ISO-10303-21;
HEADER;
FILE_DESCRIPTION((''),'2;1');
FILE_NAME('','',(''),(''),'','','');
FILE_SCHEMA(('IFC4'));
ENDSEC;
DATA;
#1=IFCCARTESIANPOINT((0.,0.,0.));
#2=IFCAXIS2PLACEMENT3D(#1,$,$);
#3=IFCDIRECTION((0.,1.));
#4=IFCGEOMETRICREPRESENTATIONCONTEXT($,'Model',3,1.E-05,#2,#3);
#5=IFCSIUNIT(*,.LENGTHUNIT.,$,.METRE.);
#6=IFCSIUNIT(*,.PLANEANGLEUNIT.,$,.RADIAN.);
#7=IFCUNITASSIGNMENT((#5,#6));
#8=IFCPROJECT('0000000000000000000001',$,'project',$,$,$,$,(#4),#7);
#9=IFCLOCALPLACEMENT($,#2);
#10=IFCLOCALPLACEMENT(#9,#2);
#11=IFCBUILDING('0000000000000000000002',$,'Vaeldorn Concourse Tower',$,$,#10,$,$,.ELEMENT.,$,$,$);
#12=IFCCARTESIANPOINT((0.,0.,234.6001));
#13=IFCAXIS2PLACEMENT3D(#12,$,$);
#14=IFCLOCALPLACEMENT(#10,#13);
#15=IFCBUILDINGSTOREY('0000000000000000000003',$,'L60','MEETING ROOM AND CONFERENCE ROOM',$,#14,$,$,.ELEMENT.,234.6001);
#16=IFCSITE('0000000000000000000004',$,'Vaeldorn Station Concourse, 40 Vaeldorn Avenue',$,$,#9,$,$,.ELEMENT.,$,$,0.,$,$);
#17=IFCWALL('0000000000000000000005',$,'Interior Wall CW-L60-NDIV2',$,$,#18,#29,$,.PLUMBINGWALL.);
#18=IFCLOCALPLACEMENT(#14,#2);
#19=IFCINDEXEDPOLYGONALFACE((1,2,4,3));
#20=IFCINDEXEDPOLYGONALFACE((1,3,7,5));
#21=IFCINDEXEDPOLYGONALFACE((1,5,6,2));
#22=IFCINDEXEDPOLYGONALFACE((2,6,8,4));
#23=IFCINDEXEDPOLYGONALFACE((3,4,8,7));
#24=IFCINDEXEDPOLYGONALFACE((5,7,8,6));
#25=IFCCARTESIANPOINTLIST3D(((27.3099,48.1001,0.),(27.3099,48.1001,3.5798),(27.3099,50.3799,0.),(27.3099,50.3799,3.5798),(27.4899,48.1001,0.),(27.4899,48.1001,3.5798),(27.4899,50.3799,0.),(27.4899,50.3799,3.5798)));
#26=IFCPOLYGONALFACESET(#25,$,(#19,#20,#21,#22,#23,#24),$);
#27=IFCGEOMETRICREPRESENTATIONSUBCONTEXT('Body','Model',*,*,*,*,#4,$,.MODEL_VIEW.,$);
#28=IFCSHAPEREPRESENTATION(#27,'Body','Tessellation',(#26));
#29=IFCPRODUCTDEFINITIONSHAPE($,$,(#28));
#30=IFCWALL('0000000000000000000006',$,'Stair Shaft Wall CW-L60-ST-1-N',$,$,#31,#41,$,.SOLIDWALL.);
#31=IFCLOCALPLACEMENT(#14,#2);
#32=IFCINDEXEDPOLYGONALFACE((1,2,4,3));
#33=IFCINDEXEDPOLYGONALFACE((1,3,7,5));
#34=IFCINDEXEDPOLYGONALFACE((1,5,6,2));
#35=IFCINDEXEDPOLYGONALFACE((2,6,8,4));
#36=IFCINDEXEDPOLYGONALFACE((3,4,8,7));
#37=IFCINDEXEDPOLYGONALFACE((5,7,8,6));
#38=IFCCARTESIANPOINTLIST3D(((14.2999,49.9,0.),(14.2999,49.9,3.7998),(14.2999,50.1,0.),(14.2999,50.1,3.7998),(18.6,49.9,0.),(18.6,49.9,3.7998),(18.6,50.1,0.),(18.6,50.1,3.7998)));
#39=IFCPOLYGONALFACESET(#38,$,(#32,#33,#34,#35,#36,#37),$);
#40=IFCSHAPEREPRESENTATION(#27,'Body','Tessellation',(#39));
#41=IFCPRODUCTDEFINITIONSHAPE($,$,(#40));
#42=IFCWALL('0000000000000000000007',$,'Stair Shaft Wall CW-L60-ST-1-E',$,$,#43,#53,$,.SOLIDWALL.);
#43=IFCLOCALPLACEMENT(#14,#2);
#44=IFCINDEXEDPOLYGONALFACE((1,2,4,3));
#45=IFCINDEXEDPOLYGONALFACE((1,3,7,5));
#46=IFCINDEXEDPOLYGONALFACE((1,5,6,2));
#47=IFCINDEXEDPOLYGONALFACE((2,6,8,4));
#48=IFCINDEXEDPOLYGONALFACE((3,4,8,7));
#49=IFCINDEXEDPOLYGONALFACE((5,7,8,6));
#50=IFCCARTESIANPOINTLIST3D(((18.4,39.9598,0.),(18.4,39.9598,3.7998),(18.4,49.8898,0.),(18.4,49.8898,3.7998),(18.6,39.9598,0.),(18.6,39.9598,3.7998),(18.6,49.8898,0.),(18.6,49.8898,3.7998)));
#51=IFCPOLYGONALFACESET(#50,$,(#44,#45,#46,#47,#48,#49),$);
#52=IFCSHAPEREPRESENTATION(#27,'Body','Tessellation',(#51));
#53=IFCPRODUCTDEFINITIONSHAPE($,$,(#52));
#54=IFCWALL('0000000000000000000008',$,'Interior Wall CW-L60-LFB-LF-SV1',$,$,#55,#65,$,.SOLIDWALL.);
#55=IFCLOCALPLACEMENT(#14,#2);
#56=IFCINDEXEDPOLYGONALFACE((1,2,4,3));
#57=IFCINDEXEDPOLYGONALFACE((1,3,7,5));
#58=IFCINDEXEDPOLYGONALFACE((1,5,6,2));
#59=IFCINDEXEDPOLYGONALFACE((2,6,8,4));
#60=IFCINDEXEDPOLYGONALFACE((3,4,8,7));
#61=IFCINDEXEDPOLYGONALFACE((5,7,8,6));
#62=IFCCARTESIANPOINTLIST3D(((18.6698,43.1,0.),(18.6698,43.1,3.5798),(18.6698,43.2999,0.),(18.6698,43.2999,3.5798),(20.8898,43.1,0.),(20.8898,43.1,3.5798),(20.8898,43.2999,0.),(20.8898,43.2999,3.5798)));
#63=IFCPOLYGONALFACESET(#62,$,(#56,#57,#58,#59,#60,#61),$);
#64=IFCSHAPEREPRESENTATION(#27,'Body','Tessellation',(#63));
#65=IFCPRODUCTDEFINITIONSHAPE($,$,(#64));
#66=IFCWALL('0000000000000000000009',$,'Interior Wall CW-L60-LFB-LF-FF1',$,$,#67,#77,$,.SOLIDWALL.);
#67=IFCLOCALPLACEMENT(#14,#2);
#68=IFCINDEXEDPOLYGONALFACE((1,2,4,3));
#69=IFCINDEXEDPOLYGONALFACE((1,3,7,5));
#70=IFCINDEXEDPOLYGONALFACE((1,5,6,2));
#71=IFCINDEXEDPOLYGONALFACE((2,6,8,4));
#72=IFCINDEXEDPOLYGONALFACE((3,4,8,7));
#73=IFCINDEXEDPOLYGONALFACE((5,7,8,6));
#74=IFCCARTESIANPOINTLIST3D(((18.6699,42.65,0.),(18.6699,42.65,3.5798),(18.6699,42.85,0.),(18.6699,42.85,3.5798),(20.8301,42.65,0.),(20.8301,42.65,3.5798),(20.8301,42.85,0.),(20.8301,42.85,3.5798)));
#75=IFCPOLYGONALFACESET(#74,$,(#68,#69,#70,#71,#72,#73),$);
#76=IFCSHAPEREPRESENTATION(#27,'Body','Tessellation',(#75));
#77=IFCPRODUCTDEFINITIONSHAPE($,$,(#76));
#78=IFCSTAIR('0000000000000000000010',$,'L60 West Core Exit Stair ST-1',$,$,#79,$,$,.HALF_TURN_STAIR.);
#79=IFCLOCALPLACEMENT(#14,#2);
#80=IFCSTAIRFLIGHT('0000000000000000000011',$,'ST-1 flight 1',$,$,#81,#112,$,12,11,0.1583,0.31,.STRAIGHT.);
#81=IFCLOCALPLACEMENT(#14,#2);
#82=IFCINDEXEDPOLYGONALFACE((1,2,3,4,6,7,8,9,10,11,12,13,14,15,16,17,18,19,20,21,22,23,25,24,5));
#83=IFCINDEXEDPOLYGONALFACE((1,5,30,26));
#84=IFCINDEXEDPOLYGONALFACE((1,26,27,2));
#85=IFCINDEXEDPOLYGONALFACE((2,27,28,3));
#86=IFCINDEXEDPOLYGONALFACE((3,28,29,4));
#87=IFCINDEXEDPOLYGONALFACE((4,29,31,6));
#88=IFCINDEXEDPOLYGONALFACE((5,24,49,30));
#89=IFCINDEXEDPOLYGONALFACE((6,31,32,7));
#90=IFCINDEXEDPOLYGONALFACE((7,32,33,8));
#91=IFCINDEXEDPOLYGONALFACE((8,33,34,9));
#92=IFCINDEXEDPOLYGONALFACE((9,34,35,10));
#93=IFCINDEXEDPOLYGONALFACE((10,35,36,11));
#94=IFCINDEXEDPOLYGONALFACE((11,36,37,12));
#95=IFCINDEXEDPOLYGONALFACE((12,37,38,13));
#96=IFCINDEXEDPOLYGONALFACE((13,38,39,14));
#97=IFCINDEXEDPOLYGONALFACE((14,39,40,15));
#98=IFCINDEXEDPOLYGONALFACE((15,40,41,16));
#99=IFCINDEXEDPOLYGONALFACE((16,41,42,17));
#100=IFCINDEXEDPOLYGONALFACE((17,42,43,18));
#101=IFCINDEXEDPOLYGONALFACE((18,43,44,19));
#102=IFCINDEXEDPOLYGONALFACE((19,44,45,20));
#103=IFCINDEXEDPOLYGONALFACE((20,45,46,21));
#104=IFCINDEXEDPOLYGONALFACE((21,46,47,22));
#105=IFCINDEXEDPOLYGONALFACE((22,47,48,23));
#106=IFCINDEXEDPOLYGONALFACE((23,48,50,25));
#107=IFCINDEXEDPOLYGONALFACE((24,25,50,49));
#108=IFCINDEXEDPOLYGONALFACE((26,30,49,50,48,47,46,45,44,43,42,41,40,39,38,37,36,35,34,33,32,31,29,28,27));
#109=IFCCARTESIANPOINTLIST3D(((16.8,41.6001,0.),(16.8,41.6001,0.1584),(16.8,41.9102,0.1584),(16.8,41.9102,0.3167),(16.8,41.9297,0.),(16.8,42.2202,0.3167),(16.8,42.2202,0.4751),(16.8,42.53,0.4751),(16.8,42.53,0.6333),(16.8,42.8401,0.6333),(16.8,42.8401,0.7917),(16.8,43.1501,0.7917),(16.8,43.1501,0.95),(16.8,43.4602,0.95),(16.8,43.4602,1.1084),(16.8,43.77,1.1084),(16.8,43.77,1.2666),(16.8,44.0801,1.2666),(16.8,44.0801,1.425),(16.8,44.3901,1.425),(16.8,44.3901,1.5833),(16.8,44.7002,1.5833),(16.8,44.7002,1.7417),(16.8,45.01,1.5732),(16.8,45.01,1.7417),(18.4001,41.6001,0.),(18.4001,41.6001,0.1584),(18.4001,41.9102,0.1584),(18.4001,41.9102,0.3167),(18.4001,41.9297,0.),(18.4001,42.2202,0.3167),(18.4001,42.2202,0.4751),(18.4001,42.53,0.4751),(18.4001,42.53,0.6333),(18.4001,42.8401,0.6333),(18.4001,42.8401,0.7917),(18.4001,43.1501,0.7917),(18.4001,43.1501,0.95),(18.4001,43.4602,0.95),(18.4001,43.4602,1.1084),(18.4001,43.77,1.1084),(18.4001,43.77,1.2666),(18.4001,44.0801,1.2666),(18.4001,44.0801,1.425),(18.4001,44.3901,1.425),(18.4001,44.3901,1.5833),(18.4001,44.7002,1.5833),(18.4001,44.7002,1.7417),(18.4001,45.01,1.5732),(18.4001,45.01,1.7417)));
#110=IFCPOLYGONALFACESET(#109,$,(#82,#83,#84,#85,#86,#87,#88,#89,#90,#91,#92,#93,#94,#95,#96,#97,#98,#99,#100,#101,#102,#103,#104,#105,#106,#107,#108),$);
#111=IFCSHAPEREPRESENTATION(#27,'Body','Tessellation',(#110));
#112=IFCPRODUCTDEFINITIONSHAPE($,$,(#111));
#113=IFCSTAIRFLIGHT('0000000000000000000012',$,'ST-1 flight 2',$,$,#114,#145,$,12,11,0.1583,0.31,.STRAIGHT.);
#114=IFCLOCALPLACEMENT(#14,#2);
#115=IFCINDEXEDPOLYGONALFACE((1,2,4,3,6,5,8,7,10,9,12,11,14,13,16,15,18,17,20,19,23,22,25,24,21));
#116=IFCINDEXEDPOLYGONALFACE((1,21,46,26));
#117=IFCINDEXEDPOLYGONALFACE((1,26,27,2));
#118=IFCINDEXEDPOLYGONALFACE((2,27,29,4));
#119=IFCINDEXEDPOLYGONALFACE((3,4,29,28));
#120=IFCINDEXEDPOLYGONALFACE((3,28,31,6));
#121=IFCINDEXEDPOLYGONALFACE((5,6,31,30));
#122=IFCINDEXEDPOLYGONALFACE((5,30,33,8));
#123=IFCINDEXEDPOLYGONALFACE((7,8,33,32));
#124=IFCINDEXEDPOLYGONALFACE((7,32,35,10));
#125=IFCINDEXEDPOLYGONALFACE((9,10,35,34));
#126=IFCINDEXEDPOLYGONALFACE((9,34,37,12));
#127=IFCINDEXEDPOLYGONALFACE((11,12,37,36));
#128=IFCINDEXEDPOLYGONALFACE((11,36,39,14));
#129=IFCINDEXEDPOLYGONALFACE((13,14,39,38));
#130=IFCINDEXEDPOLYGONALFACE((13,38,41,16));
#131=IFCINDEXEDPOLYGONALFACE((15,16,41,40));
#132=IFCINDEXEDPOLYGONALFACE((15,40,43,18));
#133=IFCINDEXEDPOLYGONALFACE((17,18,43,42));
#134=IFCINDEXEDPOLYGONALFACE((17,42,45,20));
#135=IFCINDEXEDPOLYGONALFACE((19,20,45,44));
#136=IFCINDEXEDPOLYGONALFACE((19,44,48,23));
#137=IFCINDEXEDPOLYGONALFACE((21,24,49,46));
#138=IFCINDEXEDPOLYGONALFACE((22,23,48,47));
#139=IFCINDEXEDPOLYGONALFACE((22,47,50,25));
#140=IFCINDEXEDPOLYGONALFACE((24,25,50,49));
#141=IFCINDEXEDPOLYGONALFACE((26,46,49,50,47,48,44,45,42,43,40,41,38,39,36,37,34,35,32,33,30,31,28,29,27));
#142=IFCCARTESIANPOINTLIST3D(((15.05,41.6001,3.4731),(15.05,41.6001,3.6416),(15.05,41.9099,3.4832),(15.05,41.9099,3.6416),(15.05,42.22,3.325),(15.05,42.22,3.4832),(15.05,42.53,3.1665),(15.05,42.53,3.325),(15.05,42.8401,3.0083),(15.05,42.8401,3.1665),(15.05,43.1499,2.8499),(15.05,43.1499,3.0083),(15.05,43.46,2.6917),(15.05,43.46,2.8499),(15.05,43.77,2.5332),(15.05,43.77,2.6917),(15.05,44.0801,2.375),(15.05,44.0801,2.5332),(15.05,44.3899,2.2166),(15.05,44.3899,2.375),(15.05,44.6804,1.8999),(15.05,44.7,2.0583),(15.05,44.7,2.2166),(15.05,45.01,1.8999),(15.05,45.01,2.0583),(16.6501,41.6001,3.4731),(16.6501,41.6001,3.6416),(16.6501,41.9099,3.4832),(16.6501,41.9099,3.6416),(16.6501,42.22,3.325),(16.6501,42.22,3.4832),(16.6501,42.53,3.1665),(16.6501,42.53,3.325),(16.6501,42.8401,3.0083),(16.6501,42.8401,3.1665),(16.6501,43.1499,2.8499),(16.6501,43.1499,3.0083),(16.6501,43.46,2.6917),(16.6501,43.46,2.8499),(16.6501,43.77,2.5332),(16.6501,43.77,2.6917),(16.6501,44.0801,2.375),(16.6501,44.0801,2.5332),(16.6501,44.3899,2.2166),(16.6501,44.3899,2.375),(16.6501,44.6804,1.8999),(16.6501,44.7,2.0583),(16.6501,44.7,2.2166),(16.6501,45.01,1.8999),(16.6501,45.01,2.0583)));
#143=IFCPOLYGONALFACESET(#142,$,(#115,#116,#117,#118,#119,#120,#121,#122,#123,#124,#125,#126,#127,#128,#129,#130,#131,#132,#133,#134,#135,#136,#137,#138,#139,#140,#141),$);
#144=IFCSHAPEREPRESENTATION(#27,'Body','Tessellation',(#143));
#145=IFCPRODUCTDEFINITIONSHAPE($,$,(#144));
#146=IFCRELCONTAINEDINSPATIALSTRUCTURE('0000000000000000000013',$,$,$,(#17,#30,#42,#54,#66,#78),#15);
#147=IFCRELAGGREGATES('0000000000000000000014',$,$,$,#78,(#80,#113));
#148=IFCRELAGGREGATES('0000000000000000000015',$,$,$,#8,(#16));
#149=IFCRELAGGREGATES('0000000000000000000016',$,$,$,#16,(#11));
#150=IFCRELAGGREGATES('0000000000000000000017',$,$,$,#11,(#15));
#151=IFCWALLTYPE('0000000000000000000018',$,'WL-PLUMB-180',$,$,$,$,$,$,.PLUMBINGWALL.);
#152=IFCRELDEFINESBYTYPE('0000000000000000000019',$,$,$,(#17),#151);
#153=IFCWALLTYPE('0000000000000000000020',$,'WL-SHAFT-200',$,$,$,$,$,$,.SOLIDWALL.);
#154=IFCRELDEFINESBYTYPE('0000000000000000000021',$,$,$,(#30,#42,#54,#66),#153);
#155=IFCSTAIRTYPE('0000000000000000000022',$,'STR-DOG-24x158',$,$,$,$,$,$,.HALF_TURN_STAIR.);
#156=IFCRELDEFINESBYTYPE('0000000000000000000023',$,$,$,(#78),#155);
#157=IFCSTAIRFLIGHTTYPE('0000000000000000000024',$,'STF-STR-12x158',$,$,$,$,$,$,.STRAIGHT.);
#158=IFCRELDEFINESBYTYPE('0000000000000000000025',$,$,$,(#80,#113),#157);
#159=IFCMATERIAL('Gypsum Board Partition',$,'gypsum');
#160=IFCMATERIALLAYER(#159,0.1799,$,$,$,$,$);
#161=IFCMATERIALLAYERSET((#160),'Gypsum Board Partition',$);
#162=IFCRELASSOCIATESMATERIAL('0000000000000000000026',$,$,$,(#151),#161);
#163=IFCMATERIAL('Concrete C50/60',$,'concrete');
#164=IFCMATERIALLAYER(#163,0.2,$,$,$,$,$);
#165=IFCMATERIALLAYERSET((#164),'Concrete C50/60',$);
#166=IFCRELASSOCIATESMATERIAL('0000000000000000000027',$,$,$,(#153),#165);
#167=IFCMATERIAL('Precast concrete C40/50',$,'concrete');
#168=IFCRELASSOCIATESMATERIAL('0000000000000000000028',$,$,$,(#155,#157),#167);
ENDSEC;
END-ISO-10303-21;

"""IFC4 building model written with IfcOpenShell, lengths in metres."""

from ifc_helpers import new_model, si_unit, direction, frame, frame_2d, origin, place, context, subcontext, project, spatial, polyline, rectangle, outline, extrude, material, layer, layer_set, type_object, element, aggregate, save


model = new_model("IFC4")

# Units and contexts
model_context = context("Model", 3, precision=1e-05, world=origin(), true_north=direction((0.0, 1.0)))
body_context = subcontext(model_context, "Body", "Model", "MODEL_VIEW")
ifc_project = project(units=[si_unit("LENGTHUNIT", "METRE"), si_unit("PLANEANGLEUNIT", "RADIAN")], contexts=[model_context])

# Site, building, storey
site_placement = place(None, origin())
site = spatial("IfcSite", under=ifc_project, at=site_placement, Name="Vaeldorn Station Concourse, 40 Vaeldorn Avenue", CompositionType="ELEMENT", RefElevation=0.0)
building_placement = place(site_placement, origin())
building = spatial("IfcBuilding", under=site, at=building_placement, Name="Vaeldorn Concourse Tower", CompositionType="ELEMENT")
storey_placement = place(building_placement, frame((0.0, 0.0, 234.6001)))
storey = spatial("IfcBuildingStorey", under=building, at=storey_placement, Name="L60", Description="MEETING ROOM AND CONFERENCE ROOM", CompositionType="ELEMENT", Elevation=234.6001)

# Shared definitions
ifc_material_1 = material(Name="Concrete C50/60", Category="concrete")
ifc_material_2 = material(Name="Gypsum Board Partition", Category="gypsum")

# Shared definitions
ifc_layer_1 = layer(ifc_material_2, 0.1799)
ifc_layer_set_1 = layer_set([ifc_layer_1], Name="Gypsum Board Partition")
wall_type_1 = type_object("IfcWallType", Name="WL-PLUMB-180", PredefinedType="PLUMBINGWALL", material=ifc_layer_set_1)

# Walls
wall_1_placement = place(storey_placement, frame((27.3999, 48.1001, 0.0), z_axis=(0.0, 0.0, 1.0), x_axis=(0.0, 1.0, 0.0)))
element("IfcWall", 1, at=wall_1_placement, inside=storey, type_object=wall_type_1, Name="Interior Wall CW-L60-NDIV2", PredefinedType="PLUMBINGWALL", context=body_context, shape_type="SweptSolid", body=[
    extrude(rectangle(XDim=2.2798, YDim=0.1799, at=frame_2d((1.1399, 0.0))), origin(), (0.0, 0.0, 1.0), 3.5798),
])
ifc_layer_2 = layer(ifc_material_1, 0.2)
ifc_layer_set_2 = layer_set([ifc_layer_2], Name="Concrete C50/60")
wall_type_2 = type_object("IfcWallType", Name="WL-SHAFT-200", PredefinedType="SOLIDWALL", material=ifc_layer_set_2)
wall_2_placement = place(storey_placement, frame((14.3, 50.0, 0.0), z_axis=(0.0, 0.0, 1.0), x_axis=(1.0, 0.0, 0.0)))
element("IfcWall", 2, at=wall_2_placement, inside=storey, type_object=wall_type_2, Name="Stair Shaft Wall CW-L60-ST-1-N", PredefinedType="SOLIDWALL", context=body_context, shape_type="SweptSolid", body=[
    extrude(rectangle(XDim=4.3, YDim=0.2, at=frame_2d((2.1499, 0.0))), origin(), (0.0, 0.0, 1.0), 3.7998),
])
wall_3_placement = place(storey_placement, frame((18.5, 39.96, 0.0), z_axis=(0.0, 0.0, 1.0), x_axis=(0.0, 1.0, 0.0)))
element("IfcWall", 3, at=wall_3_placement, inside=storey, type_object=wall_type_2, Name="Stair Shaft Wall CW-L60-ST-1-E", PredefinedType="SOLIDWALL", context=body_context, shape_type="SweptSolid", body=[
    extrude(rectangle(XDim=9.9299, YDim=0.2, at=frame_2d((4.9648, 0.0))), origin(), (0.0, 0.0, 1.0), 3.7998),
])

# Walls
wall_4_placement = place(storey_placement, frame((18.6699, 43.2, 0.0), z_axis=(0.0, 0.0, 1.0), x_axis=(1.0, 0.0, 0.0)))
element("IfcWall", 4, at=wall_4_placement, inside=storey, type_object=wall_type_2, Name="Interior Wall CW-L60-LFB-LF-SV1", PredefinedType="SOLIDWALL", context=body_context, shape_type="SweptSolid", body=[
    extrude(rectangle(XDim=2.22, YDim=0.2, at=frame_2d((1.1099, 0.0))), origin(), (0.0, 0.0, 1.0), 3.5798),
])
wall_5_placement = place(storey_placement, frame((18.6699, 42.75, 0.0), z_axis=(0.0, 0.0, 1.0), x_axis=(1.0, 0.0, 0.0)))
element("IfcWall", 5, at=wall_5_placement, inside=storey, type_object=wall_type_2, Name="Interior Wall CW-L60-LFB-LF-FF1", PredefinedType="SOLIDWALL", context=body_context, shape_type="SweptSolid", body=[
    extrude(rectangle(XDim=2.1602, YDim=0.2, at=frame_2d((1.0801, 0.0))), origin(), (0.0, 0.0, 1.0), 3.5798),
])

# Stair, stair flights
ifc_material_3 = material(Name="Precast concrete C40/50", Category="concrete")
stair_type = type_object("IfcStairType", Name="STR-DOG-24x158", PredefinedType="HALF_TURN_STAIR", material=ifc_material_3)
stair_placement = place(storey_placement, origin())
stair = element("IfcStair", 6, at=stair_placement, inside=storey, type_object=stair_type, Name="L60 West Core Exit Stair ST-1", PredefinedType="HALF_TURN_STAIR")
stair_flight_type = type_object("IfcStairFlightType", Name="STF-STR-12x158", PredefinedType="STRAIGHT", material=ifc_material_3)
stair_flight_1_placement = place(storey_placement, frame((17.6001, 41.6001, 0.0), z_axis=(0.0, 0.0, 1.0), x_axis=(0.0, 1.0, 0.0)))
stair_flight_1 = element("IfcStairFlight", 7, at=stair_flight_1_placement, type_object=stair_flight_type, Name="ST-1 flight 1", NumberOfRisers=12, NumberOfTreads=11, PredefinedType="STRAIGHT", RiserHeight=0.1583, TreadLength=0.31, context=body_context, shape_type="SweptSolid", body=[
    extrude(outline(polyline([(0.0, 0.0), (0.0, 0.1584), (0.3101, 0.1584), (0.3101, 0.3167), (0.6201, 0.3167), (0.6201, 0.4751), (0.9299, 0.4751), (0.9299, 0.6333), (1.24, 0.6333), (1.24, 0.7917), (1.55, 0.7917), (1.55, 0.95), (1.8601, 0.95), (1.8601, 1.1084), (2.1699, 1.1084), (2.1699, 1.2666), (2.48, 1.2666), (2.48, 1.425), (2.79, 1.425), (2.79, 1.5833), (3.1001, 1.5833), (3.1001, 1.7417), (3.4099, 1.7417), (3.4099, 1.8999), (3.4099, 1.5732), (0.3296, 0.0), (0.0, 0.0)])), frame((0.0, 0.8, 0.0), z_axis=(0.0, -1.0, 0.0), x_axis=(1.0, 0.0, 0.0)), (0.0, 0.0, 1.0), 1.6001),
])
stair_flight_2_placement = place(storey_placement, frame((15.8501, 45.01, 1.8999), z_axis=(0.0, 0.0, 1.0), x_axis=(0.0, -1.0, 0.0)))
stair_flight_2 = element("IfcStairFlight", 8, at=stair_flight_2_placement, type_object=stair_flight_type, Name="ST-1 flight 2", NumberOfRisers=12, NumberOfTreads=11, PredefinedType="STRAIGHT", RiserHeight=0.1583, TreadLength=0.31, context=body_context, shape_type="SweptSolid", body=[
    extrude(outline(polyline([(0.0, 0.0), (0.0, 0.1584), (0.3101, 0.1584), (0.3101, 0.3167), (0.6201, 0.3167), (0.6201, 0.4751), (0.9299, 0.4751), (0.9299, 0.6333), (1.24, 0.6333), (1.24, 0.7917), (1.55, 0.7917), (1.55, 0.95), (1.8601, 0.95), (1.8601, 1.1084), (2.1699, 1.1084), (2.1699, 1.2666), (2.48, 1.2666), (2.48, 1.425), (2.79, 1.425), (2.79, 1.5833), (3.1001, 1.5833), (3.1001, 1.7417), (3.4099, 1.7417), (3.4099, 1.8999), (3.4099, 1.5732), (0.3296, 0.0), (0.0, 0.0)])), frame((0.0, 0.8, 0.0), z_axis=(0.0, -1.0, 0.0), x_axis=(1.0, 0.0, 0.0)), (0.0, 0.0, 1.0), 1.6001),
])
aggregate(stair, [stair_flight_1, stair_flight_2])

save(model, "model.ifc")
